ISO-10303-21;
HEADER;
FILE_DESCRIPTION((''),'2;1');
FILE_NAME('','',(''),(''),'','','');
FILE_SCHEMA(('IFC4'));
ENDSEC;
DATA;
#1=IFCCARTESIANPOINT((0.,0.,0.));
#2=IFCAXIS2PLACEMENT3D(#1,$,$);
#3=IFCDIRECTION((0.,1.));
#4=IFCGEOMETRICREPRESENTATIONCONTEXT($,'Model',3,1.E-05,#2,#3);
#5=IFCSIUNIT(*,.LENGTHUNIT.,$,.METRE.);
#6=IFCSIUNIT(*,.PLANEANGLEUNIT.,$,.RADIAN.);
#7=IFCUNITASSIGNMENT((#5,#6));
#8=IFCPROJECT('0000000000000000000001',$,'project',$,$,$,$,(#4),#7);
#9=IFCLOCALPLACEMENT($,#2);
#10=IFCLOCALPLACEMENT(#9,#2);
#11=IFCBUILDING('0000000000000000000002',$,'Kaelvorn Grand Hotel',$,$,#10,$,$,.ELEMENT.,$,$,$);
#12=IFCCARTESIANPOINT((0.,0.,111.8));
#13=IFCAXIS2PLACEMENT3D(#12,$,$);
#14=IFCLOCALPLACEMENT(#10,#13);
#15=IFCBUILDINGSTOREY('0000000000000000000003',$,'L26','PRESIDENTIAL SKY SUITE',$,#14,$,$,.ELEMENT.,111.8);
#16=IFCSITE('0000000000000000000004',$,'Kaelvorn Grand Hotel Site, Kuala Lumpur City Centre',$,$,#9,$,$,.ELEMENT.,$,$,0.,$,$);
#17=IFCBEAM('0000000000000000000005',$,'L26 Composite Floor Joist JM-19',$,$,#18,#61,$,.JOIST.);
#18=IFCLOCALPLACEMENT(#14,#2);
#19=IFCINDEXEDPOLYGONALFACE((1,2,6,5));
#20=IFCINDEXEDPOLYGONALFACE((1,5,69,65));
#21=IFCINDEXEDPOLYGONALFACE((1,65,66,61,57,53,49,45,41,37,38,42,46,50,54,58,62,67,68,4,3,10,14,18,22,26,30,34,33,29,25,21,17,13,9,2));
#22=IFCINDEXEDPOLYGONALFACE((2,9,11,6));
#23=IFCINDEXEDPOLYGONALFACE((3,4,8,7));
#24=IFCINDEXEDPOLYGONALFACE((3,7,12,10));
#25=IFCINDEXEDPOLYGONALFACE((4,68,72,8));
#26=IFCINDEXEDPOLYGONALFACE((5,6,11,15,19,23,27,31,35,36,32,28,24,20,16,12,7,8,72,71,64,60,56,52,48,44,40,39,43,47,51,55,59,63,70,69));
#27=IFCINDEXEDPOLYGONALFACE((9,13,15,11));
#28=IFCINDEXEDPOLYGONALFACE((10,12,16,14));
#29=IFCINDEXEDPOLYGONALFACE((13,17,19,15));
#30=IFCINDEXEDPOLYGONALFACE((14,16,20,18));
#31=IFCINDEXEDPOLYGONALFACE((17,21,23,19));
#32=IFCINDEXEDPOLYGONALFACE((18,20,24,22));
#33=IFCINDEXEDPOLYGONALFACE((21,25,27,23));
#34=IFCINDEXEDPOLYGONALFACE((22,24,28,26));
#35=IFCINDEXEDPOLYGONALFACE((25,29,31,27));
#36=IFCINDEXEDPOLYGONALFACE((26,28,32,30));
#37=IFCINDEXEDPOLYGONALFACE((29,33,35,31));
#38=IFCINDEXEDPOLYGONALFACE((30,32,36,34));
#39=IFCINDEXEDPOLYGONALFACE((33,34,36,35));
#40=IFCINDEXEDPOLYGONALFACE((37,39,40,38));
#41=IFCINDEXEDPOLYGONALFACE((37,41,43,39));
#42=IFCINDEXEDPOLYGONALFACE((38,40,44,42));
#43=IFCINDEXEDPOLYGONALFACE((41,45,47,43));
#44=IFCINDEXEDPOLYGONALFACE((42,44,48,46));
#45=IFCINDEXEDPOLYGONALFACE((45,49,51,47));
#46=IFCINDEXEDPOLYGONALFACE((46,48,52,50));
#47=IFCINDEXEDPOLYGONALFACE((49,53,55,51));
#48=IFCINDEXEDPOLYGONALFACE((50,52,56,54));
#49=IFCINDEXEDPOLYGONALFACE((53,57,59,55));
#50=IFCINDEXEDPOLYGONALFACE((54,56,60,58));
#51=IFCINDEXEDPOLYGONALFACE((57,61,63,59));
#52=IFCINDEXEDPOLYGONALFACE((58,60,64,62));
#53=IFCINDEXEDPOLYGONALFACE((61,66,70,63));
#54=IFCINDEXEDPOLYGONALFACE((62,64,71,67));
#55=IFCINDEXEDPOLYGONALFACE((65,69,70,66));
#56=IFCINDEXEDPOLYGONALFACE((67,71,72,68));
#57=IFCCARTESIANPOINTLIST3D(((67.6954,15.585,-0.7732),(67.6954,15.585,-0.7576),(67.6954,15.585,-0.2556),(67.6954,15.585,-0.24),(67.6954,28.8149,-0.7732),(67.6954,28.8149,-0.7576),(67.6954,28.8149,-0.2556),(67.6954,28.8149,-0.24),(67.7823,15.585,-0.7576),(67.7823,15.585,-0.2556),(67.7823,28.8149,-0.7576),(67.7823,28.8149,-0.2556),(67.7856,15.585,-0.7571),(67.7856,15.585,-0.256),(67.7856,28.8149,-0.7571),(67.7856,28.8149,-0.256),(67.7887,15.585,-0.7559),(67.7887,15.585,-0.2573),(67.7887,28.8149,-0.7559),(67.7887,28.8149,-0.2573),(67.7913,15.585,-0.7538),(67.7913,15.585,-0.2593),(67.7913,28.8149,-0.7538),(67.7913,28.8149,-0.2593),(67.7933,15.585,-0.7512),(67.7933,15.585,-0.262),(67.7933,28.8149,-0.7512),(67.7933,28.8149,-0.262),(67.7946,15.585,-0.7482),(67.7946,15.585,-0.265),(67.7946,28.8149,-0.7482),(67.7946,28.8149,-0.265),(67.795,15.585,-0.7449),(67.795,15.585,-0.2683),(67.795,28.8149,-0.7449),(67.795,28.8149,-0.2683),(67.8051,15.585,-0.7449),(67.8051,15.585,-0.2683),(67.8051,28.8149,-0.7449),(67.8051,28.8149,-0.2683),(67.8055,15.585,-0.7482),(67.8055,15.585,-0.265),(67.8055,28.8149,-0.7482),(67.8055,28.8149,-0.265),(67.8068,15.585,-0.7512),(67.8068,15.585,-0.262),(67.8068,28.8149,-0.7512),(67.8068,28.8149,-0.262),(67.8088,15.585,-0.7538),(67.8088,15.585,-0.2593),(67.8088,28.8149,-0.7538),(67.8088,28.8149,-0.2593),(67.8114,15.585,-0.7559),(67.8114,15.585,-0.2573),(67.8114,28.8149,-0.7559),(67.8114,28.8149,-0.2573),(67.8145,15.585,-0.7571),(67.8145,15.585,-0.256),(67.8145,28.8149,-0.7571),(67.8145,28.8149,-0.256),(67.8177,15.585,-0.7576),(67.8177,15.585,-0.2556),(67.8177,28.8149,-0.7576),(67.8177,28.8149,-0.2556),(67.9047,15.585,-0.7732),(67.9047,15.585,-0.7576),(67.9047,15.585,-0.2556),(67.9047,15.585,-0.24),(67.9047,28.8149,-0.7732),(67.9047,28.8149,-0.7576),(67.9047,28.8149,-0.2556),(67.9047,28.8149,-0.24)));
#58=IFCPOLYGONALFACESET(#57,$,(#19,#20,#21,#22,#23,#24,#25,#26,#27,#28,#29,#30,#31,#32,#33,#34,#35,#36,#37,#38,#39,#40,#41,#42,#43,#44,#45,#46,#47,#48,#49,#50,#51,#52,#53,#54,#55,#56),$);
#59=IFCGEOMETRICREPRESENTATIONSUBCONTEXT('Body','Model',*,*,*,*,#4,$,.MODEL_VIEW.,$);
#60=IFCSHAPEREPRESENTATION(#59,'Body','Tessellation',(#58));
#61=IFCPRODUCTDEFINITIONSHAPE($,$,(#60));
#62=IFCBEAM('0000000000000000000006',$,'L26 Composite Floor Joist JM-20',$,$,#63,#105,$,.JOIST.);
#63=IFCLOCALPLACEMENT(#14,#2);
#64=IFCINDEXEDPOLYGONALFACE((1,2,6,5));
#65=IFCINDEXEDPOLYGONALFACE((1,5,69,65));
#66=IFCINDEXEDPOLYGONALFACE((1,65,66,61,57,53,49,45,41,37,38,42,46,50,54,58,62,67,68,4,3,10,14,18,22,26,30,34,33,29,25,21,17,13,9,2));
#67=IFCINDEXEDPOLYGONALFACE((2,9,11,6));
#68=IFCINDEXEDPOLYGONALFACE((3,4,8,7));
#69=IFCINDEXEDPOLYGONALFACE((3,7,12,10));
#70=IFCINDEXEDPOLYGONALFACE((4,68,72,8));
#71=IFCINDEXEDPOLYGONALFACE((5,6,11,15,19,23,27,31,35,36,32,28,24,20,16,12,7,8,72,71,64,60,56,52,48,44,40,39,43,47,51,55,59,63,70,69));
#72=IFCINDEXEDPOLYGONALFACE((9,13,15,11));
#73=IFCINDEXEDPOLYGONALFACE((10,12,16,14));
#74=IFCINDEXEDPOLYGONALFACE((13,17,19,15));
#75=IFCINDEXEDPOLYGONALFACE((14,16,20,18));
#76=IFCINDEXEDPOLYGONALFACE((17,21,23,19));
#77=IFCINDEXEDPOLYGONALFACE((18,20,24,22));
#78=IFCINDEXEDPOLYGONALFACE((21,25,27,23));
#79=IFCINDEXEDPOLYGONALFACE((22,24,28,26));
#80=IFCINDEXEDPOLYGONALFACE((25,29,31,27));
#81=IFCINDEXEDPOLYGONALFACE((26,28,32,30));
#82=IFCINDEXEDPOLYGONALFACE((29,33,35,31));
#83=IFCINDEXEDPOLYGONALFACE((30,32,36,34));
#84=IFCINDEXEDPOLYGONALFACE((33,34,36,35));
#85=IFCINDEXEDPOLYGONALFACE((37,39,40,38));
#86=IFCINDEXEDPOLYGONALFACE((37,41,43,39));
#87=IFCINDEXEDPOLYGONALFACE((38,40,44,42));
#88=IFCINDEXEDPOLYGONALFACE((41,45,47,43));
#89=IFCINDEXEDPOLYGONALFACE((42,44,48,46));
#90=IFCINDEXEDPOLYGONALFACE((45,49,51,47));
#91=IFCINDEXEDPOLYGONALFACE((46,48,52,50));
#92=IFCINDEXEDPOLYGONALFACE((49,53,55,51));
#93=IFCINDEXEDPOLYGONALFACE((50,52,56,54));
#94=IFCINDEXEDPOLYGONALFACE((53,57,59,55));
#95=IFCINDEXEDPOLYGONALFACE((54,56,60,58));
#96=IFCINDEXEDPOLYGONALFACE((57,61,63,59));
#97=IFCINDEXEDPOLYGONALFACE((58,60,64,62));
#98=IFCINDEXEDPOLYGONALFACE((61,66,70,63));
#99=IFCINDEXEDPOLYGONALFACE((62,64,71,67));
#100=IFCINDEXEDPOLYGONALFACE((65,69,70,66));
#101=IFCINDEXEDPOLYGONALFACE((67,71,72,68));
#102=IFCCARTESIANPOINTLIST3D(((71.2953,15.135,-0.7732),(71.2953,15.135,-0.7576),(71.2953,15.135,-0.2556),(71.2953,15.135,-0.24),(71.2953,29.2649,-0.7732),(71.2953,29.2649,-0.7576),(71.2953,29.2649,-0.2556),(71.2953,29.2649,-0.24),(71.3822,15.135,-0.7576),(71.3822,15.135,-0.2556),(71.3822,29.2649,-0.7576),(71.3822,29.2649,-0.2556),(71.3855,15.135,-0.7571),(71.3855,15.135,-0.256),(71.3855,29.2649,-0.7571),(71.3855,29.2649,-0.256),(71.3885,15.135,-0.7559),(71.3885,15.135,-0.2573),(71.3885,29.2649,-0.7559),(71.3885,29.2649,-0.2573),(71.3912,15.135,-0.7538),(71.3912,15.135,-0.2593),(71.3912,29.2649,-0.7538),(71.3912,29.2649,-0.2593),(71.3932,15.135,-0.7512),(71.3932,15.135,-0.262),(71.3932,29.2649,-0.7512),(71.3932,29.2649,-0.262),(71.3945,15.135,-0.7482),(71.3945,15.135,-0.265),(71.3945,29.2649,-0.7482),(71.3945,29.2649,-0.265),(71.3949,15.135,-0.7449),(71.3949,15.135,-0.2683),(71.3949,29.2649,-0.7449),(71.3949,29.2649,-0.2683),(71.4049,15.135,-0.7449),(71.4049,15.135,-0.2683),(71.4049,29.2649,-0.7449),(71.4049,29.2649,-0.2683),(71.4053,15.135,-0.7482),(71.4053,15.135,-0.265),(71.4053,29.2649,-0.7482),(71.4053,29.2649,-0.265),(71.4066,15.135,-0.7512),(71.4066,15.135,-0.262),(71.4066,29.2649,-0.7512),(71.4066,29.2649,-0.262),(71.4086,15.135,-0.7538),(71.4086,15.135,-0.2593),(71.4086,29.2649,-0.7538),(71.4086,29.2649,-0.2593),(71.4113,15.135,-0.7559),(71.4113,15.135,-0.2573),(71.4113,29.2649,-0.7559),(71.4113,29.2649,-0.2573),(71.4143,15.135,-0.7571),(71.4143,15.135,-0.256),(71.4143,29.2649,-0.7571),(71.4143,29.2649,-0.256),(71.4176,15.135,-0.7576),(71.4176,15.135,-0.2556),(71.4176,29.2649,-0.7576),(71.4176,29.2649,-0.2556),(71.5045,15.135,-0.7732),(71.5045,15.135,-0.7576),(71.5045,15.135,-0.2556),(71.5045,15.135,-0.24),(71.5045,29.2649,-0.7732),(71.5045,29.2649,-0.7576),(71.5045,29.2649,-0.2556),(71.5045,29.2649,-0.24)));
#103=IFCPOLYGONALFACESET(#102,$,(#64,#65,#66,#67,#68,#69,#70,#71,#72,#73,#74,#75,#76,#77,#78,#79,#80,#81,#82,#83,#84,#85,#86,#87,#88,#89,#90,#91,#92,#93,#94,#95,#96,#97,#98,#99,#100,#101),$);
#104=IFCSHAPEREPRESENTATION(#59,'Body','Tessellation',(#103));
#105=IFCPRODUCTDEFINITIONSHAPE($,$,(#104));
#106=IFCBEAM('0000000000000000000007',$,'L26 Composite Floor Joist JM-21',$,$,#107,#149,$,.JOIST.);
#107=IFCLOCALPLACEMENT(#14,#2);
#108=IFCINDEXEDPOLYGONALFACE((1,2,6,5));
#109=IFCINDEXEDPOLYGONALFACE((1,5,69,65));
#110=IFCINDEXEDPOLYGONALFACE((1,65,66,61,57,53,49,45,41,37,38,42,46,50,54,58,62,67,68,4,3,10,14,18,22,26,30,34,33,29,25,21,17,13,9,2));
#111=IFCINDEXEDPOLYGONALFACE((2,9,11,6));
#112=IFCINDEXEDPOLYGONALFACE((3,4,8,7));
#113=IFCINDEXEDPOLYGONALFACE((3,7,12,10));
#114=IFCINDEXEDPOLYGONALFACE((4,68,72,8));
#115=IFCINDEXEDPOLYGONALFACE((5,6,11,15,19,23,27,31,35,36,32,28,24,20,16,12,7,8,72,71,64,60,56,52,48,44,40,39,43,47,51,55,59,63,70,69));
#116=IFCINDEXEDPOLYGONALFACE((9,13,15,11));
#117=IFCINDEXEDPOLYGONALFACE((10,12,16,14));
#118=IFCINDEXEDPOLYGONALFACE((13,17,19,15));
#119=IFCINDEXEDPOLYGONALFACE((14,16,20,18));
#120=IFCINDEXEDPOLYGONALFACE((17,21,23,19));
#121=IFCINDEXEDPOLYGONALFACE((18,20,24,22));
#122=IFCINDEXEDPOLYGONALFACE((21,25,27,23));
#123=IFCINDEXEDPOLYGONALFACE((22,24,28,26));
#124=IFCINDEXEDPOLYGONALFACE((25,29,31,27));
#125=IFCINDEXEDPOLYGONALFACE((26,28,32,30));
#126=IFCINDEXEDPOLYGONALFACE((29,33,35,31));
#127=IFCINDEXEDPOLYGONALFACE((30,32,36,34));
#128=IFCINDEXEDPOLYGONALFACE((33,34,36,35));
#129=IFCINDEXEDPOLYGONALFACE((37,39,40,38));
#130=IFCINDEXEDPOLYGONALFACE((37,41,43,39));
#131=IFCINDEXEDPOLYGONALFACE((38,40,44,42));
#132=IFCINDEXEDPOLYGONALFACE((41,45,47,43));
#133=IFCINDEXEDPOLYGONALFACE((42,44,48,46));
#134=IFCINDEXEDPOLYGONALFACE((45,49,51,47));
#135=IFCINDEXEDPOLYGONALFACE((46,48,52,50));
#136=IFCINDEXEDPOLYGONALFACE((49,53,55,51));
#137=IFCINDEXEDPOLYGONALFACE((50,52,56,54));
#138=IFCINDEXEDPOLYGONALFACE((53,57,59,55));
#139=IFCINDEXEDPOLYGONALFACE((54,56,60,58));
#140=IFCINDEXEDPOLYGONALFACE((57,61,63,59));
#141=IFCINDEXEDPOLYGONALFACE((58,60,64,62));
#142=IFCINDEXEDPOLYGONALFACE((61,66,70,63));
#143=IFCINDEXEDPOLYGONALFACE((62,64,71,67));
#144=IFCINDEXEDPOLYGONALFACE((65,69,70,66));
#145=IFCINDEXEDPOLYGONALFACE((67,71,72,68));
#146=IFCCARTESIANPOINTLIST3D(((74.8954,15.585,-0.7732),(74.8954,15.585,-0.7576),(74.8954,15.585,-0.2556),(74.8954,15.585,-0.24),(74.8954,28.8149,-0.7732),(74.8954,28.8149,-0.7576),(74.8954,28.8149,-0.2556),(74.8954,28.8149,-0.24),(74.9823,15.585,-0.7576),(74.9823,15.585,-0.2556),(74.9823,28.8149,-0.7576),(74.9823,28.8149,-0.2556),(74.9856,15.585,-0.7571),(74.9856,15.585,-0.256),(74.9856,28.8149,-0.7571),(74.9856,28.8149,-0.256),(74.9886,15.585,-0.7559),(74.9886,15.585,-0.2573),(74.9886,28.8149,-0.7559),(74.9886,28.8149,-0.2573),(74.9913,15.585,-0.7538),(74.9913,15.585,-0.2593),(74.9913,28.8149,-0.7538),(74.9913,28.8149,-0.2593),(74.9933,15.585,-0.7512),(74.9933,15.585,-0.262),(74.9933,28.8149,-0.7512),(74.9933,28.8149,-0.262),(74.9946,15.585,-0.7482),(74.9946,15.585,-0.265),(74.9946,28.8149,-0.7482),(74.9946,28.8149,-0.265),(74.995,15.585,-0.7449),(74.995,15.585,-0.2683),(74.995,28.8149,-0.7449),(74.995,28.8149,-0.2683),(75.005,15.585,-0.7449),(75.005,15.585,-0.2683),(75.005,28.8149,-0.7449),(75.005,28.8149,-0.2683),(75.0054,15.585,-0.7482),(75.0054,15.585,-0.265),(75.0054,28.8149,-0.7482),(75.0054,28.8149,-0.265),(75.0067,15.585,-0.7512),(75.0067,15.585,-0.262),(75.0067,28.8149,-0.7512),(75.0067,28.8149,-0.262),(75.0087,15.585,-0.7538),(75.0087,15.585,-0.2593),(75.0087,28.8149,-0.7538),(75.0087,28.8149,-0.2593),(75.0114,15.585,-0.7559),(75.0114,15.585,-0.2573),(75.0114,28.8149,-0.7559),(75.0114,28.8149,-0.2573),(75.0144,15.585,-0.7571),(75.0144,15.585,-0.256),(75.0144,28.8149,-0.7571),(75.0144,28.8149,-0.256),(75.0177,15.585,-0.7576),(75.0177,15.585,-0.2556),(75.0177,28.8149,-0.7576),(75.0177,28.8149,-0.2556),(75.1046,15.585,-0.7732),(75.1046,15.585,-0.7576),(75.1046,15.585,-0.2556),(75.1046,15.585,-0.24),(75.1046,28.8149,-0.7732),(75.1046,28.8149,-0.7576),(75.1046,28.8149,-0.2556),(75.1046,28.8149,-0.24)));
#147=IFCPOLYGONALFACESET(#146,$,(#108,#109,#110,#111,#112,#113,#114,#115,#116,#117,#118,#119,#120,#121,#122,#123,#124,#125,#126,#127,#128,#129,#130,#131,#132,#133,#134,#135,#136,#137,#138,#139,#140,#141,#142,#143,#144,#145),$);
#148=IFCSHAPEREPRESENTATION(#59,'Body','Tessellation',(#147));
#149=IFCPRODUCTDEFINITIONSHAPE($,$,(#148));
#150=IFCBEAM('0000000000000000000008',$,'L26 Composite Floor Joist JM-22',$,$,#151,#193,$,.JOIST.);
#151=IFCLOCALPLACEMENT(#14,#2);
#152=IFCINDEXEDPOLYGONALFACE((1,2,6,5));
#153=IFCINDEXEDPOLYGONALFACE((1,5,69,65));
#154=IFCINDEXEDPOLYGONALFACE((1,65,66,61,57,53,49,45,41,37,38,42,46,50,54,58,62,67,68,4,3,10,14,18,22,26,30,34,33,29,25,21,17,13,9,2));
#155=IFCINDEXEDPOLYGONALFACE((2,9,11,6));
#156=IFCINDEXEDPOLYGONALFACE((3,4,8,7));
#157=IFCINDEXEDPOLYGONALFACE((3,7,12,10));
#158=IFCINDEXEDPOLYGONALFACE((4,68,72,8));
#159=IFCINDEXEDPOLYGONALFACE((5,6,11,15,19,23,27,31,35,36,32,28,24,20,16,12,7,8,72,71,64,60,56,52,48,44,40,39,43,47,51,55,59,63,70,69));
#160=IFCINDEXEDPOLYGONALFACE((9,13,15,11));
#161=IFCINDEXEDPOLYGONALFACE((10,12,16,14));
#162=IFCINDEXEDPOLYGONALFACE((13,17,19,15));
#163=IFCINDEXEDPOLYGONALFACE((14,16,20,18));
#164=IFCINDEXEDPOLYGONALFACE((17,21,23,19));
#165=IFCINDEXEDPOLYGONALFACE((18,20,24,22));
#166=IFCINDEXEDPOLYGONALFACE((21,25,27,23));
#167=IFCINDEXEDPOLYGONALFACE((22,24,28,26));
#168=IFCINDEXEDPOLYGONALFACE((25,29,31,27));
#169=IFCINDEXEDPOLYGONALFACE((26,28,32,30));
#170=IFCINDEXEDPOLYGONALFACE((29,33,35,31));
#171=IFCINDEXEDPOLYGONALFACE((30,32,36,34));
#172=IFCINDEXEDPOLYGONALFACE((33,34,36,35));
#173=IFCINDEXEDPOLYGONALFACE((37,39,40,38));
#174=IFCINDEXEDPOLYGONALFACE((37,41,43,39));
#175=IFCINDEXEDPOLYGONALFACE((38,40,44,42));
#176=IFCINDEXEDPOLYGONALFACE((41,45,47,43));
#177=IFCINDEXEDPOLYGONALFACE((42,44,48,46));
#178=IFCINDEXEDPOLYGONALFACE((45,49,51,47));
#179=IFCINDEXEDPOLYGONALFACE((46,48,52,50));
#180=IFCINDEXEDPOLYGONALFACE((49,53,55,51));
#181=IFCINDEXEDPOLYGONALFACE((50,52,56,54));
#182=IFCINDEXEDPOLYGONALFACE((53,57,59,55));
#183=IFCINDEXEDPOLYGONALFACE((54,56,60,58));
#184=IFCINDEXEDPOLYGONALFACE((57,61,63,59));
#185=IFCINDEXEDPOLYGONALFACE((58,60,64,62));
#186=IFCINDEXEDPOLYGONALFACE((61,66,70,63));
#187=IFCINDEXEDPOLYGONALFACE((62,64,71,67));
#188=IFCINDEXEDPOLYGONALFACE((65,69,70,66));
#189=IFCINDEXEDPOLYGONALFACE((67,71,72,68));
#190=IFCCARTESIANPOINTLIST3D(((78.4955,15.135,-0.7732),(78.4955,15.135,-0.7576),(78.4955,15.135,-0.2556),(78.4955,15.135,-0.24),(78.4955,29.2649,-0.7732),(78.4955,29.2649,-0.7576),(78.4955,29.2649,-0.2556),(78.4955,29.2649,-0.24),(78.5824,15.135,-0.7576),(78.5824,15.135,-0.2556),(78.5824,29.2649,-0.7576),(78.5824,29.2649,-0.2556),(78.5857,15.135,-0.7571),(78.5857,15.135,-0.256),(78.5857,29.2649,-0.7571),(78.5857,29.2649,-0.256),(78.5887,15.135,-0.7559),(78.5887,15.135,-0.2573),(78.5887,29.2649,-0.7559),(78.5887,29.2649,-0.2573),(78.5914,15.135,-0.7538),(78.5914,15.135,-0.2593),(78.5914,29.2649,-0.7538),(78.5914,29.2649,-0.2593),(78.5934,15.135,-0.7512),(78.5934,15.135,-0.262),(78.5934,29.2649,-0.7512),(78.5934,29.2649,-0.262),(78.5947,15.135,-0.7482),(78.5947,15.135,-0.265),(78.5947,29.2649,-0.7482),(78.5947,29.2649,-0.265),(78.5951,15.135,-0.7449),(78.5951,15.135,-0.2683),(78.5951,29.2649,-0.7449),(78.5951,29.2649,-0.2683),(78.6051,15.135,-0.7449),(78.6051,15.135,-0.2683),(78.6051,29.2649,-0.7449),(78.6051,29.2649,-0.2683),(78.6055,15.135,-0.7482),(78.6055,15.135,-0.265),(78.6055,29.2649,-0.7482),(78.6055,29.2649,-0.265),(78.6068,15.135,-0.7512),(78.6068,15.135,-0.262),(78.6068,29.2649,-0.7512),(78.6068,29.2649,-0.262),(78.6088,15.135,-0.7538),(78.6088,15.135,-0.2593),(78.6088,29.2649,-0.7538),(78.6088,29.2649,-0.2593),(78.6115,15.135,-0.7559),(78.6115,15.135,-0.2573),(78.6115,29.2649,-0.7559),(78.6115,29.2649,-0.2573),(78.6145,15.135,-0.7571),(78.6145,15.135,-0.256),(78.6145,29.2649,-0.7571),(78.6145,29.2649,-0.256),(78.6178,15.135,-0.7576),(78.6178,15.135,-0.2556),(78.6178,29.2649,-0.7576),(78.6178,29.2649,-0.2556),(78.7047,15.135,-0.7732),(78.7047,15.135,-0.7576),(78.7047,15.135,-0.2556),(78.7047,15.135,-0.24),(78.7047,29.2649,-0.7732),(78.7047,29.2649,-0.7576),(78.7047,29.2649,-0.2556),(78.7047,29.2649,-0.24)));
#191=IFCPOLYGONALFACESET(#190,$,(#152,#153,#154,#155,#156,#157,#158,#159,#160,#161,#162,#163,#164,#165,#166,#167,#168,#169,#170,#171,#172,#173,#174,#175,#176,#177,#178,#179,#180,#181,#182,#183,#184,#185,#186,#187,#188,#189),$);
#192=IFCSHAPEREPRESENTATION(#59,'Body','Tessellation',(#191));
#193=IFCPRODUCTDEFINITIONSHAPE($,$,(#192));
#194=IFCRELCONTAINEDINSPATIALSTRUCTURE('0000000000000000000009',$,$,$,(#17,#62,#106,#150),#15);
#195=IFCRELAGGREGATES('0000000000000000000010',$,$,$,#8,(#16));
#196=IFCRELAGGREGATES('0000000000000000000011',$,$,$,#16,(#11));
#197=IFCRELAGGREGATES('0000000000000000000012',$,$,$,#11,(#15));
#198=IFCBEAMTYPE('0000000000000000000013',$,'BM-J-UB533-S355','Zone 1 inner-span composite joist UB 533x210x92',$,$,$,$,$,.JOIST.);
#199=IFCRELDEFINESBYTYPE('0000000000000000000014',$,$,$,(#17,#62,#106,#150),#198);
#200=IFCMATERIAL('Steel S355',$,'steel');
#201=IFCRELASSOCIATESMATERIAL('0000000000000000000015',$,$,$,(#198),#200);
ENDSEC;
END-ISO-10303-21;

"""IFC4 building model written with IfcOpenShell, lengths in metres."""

from ifc_helpers import new_model, si_unit, direction, frame, origin, origin_2d, place, context, subcontext, project, spatial, i_section, extrude, material, material_profile, profile_set, type_object, element, save


model = new_model("IFC4")

# Units and contexts
model_context = context("Model", 3, precision=1e-05, world=origin(), true_north=direction((0.0, 1.0)))
body_context = subcontext(model_context, "Body", "Model", "MODEL_VIEW")
ifc_project = project(units=[si_unit("LENGTHUNIT", "METRE"), si_unit("PLANEANGLEUNIT", "RADIAN")], contexts=[model_context])

# Site, building, storey
site_placement = place(None, origin())
site = spatial("IfcSite", under=ifc_project, at=site_placement, Name="Kaelvorn Grand Hotel Site, Kuala Lumpur City Centre", CompositionType="ELEMENT", RefElevation=0.0)
building_placement = place(site_placement, origin())
building = spatial("IfcBuilding", under=site, at=building_placement, Name="Kaelvorn Grand Hotel", CompositionType="ELEMENT")
storey_placement = place(building_placement, frame((0.0, 0.0, 111.8)))
storey = spatial("IfcBuildingStorey", under=building, at=storey_placement, Name="L26", Description="PRESIDENTIAL SKY SUITE", CompositionType="ELEMENT", Elevation=111.8)

# Beams
ifc_material_1 = material(Name="Steel S355", Category="steel")
ifc_material_profile_1 = material_profile(ifc_material_1, i_section(OverallWidth=0.2092, OverallDepth=0.5332, WebThickness=0.01, FlangeThickness=0.0156, FilletRadius=0.0127, at=origin_2d()), Name="UB 533x210x92")
ifc_profile_set_1 = profile_set([ifc_material_profile_1], Name="Steel S355")
beam_type_1 = type_object("IfcBeamType", Name="BM-J-UB533-S355", Description="Zone 1 inner-span composite joist UB 533x210x92", PredefinedType="JOIST", material=ifc_profile_set_1)
beam_1_placement = place(storey_placement, frame((67.8, 15.585, -0.5066), z_axis=(0.0, 1.0, 0.0), x_axis=(-1.0, 0.0, 0.0)))
element("IfcBeam", 1, at=beam_1_placement, inside=storey, type_object=beam_type_1, Name="L26 Composite Floor Joist JM-19", PredefinedType="JOIST", context=body_context, shape_type="SweptSolid", body=[
    extrude(i_section(OverallWidth=0.2092, OverallDepth=0.5332, WebThickness=0.01, FlangeThickness=0.0156, FilletRadius=0.0127, at=origin_2d()), origin(), (0.0, 0.0, 1.0), 13.23),
])
beam_2_placement = place(storey_placement, frame((71.3999, 15.135, -0.5066), z_axis=(0.0, 1.0, 0.0), x_axis=(-1.0, 0.0, 0.0)))
element("IfcBeam", 2, at=beam_2_placement, inside=storey, type_object=beam_type_1, Name="L26 Composite Floor Joist JM-20", PredefinedType="JOIST", context=body_context, shape_type="SweptSolid", body=[
    extrude(i_section(OverallWidth=0.2092, OverallDepth=0.5332, WebThickness=0.01, FlangeThickness=0.0156, FilletRadius=0.0127, at=origin_2d()), origin(), (0.0, 0.0, 1.0), 14.1299),
])
beam_3_placement = place(storey_placement, frame((75.0, 15.585, -0.5066), z_axis=(0.0, 1.0, 0.0), x_axis=(-1.0, 0.0, 0.0)))
element("IfcBeam", 3, at=beam_3_placement, inside=storey, type_object=beam_type_1, Name="L26 Composite Floor Joist JM-21", PredefinedType="JOIST", context=body_context, shape_type="SweptSolid", body=[
    extrude(i_section(OverallWidth=0.2092, OverallDepth=0.5332, WebThickness=0.01, FlangeThickness=0.0156, FilletRadius=0.0127, at=origin_2d()), origin(), (0.0, 0.0, 1.0), 13.23),
])
beam_4_placement = place(storey_placement, frame((78.6001, 15.135, -0.5066), z_axis=(0.0, 1.0, 0.0), x_axis=(-1.0, 0.0, 0.0)))
element("IfcBeam", 4, at=beam_4_placement, inside=storey, type_object=beam_type_1, Name="L26 Composite Floor Joist JM-22", PredefinedType="JOIST", context=body_context, shape_type="SweptSolid", body=[
    extrude(i_section(OverallWidth=0.2092, OverallDepth=0.5332, WebThickness=0.01, FlangeThickness=0.0156, FilletRadius=0.0127, at=origin_2d()), origin(), (0.0, 0.0, 1.0), 14.1299),
])

save(model, "model.ifc")
